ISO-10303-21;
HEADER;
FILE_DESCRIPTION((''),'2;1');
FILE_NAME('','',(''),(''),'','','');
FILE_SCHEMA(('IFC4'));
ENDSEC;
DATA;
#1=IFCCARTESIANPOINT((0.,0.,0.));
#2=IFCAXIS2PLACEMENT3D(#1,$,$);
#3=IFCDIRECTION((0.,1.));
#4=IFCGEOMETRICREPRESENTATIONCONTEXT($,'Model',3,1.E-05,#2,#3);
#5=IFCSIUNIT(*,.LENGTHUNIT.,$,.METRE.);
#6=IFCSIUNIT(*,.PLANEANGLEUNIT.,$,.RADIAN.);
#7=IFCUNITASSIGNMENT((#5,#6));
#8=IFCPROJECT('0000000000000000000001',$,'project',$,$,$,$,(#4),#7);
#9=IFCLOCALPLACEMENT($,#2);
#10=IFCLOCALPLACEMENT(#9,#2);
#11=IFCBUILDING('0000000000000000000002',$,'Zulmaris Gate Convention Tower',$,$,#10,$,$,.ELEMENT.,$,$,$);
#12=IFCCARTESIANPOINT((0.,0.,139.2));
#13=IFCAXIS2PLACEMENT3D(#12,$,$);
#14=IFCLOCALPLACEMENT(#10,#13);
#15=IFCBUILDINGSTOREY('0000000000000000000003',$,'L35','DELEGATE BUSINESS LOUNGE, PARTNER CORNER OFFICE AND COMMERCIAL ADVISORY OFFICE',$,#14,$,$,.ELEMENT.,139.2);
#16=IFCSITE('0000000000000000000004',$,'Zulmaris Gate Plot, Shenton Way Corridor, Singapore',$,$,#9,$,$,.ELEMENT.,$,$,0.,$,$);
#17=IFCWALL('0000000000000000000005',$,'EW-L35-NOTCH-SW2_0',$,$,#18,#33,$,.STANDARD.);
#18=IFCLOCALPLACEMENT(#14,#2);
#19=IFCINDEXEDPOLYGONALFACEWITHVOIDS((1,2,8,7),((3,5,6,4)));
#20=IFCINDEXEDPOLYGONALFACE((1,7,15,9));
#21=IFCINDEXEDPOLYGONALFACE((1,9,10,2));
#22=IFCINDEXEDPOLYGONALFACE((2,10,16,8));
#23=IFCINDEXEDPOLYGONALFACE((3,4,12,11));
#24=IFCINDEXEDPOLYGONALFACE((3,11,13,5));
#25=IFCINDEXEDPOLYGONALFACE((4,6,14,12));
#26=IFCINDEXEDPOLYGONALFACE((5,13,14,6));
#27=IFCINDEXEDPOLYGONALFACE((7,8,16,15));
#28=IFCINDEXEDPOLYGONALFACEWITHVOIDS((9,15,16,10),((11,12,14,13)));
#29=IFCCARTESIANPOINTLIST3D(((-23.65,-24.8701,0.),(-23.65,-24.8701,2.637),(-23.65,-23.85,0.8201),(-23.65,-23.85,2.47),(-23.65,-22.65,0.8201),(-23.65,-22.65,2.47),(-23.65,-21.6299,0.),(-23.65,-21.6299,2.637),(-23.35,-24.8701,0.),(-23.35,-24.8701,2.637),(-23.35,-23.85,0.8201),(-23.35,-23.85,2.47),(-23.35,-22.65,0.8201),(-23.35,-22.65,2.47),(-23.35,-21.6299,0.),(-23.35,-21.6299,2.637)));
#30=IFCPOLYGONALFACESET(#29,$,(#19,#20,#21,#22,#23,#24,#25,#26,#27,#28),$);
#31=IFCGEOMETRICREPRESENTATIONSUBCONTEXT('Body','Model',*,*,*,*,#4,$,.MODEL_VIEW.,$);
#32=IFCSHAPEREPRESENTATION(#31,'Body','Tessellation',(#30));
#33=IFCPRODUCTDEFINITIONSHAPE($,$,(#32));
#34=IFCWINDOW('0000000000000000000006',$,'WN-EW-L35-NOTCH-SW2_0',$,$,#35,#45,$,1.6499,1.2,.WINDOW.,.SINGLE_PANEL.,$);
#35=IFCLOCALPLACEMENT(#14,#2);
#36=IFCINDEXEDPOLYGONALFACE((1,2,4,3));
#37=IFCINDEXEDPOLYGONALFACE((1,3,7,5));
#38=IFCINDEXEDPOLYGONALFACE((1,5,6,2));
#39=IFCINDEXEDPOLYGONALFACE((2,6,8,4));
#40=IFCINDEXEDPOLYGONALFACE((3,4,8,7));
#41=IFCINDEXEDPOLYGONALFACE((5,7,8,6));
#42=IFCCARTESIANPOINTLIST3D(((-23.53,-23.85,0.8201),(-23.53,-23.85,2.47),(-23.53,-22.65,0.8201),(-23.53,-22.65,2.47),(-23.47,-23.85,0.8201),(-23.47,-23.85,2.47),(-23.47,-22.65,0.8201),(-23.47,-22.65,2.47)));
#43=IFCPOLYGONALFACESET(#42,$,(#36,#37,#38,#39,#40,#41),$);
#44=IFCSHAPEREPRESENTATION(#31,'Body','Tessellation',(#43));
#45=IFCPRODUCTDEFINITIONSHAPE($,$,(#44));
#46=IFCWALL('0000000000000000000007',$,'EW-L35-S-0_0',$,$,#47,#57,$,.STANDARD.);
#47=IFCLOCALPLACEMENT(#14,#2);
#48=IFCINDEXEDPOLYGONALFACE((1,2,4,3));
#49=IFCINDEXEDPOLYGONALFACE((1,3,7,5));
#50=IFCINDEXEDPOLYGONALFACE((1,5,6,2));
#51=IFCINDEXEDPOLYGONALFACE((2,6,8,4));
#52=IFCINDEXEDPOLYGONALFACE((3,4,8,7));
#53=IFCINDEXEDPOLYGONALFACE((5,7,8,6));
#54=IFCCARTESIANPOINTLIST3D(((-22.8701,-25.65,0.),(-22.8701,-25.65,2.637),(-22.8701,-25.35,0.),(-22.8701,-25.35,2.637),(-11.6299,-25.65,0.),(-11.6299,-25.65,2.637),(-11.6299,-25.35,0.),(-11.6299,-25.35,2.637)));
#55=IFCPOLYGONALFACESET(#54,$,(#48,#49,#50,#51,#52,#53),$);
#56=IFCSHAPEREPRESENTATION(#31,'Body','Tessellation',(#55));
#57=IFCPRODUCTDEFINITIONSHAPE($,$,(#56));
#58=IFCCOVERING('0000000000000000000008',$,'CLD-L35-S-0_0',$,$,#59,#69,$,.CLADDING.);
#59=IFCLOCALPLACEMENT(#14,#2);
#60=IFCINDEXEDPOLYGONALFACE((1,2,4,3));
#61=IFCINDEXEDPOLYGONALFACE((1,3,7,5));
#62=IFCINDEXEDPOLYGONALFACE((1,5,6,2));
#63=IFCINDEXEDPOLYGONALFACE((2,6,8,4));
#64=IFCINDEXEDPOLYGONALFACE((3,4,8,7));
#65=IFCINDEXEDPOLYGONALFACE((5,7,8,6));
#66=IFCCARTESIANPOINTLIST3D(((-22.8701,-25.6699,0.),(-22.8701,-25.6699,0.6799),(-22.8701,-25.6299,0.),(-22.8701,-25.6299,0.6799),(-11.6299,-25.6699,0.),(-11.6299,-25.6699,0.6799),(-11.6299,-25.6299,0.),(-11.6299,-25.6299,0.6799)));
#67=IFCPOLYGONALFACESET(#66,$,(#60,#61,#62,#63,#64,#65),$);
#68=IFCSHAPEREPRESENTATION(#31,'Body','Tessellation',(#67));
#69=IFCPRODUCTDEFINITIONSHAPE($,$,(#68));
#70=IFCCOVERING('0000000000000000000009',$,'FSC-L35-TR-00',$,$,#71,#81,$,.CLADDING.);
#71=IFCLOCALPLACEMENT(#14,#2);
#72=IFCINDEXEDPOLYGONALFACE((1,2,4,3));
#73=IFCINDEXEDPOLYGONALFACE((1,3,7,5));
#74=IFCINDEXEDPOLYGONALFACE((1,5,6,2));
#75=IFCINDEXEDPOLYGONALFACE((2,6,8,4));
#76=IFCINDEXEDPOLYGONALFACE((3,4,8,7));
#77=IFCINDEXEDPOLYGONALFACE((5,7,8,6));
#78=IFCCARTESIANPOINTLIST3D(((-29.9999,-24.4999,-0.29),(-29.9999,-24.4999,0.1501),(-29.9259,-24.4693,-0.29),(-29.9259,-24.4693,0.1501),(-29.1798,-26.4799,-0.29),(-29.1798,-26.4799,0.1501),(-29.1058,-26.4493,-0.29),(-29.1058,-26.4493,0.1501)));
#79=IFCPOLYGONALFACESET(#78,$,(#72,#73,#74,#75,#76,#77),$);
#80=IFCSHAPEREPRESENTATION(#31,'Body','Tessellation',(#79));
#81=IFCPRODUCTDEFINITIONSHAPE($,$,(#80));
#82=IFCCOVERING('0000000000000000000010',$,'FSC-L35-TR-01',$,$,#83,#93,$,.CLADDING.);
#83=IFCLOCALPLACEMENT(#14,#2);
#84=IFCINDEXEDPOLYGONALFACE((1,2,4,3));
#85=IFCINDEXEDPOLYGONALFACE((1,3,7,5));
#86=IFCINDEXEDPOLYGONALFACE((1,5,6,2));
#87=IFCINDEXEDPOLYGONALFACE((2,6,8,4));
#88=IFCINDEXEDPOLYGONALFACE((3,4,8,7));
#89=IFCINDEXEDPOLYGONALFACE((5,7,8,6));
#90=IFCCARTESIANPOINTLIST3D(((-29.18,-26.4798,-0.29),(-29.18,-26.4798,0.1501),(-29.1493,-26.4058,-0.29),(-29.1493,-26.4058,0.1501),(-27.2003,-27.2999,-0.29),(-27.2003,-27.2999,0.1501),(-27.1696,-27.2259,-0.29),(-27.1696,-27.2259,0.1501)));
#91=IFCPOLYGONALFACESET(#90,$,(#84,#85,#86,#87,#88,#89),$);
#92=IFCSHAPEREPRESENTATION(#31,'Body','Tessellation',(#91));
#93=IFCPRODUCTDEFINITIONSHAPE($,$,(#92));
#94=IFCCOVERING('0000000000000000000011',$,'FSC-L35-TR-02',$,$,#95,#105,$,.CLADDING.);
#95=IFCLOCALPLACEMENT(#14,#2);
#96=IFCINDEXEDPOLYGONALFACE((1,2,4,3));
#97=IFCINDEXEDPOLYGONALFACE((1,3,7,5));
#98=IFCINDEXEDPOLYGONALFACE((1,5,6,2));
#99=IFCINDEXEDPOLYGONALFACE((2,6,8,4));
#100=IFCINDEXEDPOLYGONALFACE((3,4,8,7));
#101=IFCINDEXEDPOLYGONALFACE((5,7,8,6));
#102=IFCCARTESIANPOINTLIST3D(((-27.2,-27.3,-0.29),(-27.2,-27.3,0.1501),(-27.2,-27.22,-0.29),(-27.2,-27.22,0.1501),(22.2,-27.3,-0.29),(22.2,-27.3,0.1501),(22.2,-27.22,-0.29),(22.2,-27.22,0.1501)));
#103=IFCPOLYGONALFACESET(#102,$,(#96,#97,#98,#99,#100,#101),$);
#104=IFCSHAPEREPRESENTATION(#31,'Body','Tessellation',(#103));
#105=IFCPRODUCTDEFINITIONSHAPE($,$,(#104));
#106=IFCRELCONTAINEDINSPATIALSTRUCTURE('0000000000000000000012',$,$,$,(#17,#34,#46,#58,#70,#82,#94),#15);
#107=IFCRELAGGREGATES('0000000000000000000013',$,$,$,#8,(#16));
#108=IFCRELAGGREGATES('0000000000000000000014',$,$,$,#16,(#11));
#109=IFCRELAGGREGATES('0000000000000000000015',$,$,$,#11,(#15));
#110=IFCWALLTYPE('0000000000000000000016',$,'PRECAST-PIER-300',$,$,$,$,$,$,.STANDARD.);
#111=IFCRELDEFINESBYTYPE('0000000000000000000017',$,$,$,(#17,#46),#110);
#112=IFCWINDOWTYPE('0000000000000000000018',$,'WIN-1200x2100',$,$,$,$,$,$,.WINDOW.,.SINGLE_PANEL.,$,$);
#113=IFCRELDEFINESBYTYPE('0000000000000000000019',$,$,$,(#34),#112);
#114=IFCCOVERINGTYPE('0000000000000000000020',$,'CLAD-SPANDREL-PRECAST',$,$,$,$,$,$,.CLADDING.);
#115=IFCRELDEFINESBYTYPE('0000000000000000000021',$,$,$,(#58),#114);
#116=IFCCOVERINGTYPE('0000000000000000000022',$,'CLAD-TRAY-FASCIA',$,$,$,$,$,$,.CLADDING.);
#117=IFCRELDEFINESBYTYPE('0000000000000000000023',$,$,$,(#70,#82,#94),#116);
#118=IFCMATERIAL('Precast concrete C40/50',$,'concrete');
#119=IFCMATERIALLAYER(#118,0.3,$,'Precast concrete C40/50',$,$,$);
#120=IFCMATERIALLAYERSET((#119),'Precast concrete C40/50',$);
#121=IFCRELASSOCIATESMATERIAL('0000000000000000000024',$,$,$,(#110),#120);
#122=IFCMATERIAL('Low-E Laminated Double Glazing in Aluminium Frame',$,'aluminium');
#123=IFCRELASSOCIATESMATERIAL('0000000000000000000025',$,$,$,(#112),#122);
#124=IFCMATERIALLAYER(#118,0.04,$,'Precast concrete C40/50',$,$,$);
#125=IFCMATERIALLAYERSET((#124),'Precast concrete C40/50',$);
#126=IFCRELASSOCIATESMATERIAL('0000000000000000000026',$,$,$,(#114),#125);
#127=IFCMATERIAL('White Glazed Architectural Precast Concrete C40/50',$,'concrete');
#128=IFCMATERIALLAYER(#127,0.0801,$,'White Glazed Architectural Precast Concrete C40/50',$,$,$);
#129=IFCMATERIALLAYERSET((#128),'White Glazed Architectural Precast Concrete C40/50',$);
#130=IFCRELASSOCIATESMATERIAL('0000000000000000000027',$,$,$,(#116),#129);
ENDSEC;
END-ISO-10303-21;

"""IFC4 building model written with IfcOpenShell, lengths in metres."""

from ifc_helpers import new_model, si_unit, direction, frame, frame_2d, origin, place, context, subcontext, project, spatial, rectangle, extrude, material, layer, layer_set, type_object, element, fill, save


model = new_model("IFC4")

# Units and contexts
model_context = context("Model", 3, precision=1e-05, world=origin(), true_north=direction((0.0, 1.0)))
body_context = subcontext(model_context, "Body", "Model", "MODEL_VIEW")
ifc_project = project(units=[si_unit("LENGTHUNIT", "METRE"), si_unit("PLANEANGLEUNIT", "RADIAN")], contexts=[model_context])

# Site, building, storey
site_placement = place(None, origin())
site = spatial("IfcSite", under=ifc_project, at=site_placement, Name="Zulmaris Gate Plot, Shenton Way Corridor, Singapore", CompositionType="ELEMENT", RefElevation=0.0)
building_placement = place(site_placement, origin())
building = spatial("IfcBuilding", under=site, at=building_placement, Name="Zulmaris Gate Convention Tower", CompositionType="ELEMENT")
storey_placement = place(building_placement, frame((0.0, 0.0, 139.2)))
storey = spatial("IfcBuildingStorey", under=building, at=storey_placement, Name="L35", Description="DELEGATE BUSINESS LOUNGE, PARTNER CORNER OFFICE AND COMMERCIAL ADVISORY OFFICE", CompositionType="ELEMENT", Elevation=139.2)

# Wall, opening, window
ifc_material_1 = material(Name="Precast concrete C40/50", Category="concrete")
ifc_layer_1 = layer(ifc_material_1, 0.3, Name="Precast concrete C40/50")
ifc_layer_set_1 = layer_set([ifc_layer_1], Name="Precast concrete C40/50")
wall_type_1 = type_object("IfcWallType", Name="PRECAST-PIER-300", PredefinedType="STANDARD", material=ifc_layer_set_1)
ifc_material_2 = material(Name="Low-E Laminated Double Glazing in Aluminium Frame", Category="aluminium")
window_type = type_object("IfcWindowType", Name="WIN-1200x2100", PartitioningType="SINGLE_PANEL", PredefinedType="WINDOW", material=ifc_material_2)
wall_1_placement = place(storey_placement, frame((-23.5, -21.6299, 0.0), z_axis=(0.0, 0.0, 1.0), x_axis=(0.0, -1.0, 0.0)))
wall_1 = element("IfcWall", 1, at=wall_1_placement, inside=storey, type_object=wall_type_1, Name="EW-L35-NOTCH-SW2_0", PredefinedType="STANDARD", context=body_context, shape_type="SweptSolid", body=[
    extrude(rectangle(XDim=3.2402, YDim=0.3, at=frame_2d((1.6201, 0.0))), origin(), (0.0, 0.0, 1.0), 2.637),
])
opening_1_placement = place(wall_1_placement, frame((1.02, 0.0, 0.8201)))
opening_1 = element("IfcOpeningElement", 2, at=opening_1_placement, cuts=wall_1, PredefinedType="OPENING", context=body_context, shape_type="SweptSolid", body=[
    extrude(rectangle(XDim=1.2, YDim=1.6499, at=frame_2d((0.6001, 0.825))), frame((0.0, 0.1602, 0.0), z_axis=(0.0, -1.0, 0.0), x_axis=(1.0, 0.0, 0.0)), (0.0, 0.0, 1.0), 0.3201),
])
window_1_placement = place(opening_1_placement, origin())
window_1 = element("IfcWindow", 3, at=window_1_placement, inside=storey, type_object=window_type, Name="WN-EW-L35-NOTCH-SW2_0", OverallHeight=1.6499, OverallWidth=1.2, PartitioningType="SINGLE_PANEL", PredefinedType="WINDOW", context=body_context, shape_type="SweptSolid", body=[
    extrude(rectangle(XDim=1.2, YDim=1.6499, at=frame_2d((0.6001, 0.825))), frame((0.0, 0.03, 0.0), z_axis=(0.0, -1.0, 0.0), x_axis=(1.0, 0.0, 0.0)), (0.0, 0.0, 1.0), 0.0601),
])
fill(opening_1, window_1)

# Wall
wall_2_placement = place(storey_placement, frame((-22.8701, -25.5, 0.0), z_axis=(0.0, 0.0, 1.0), x_axis=(1.0, 0.0, 0.0)))
element("IfcWall", 4, at=wall_2_placement, inside=storey, type_object=wall_type_1, Name="EW-L35-S-0_0", PredefinedType="STANDARD", context=body_context, shape_type="SweptSolid", body=[
    extrude(rectangle(XDim=11.2402, YDim=0.3, at=frame_2d((5.6201, 0.0))), origin(), (0.0, 0.0, 1.0), 2.637),
])

# Coverings
ifc_layer_2 = layer(ifc_material_1, 0.04, Name="Precast concrete C40/50")
ifc_layer_set_2 = layer_set([ifc_layer_2], Name="Precast concrete C40/50")
covering_type_1 = type_object("IfcCoveringType", Name="CLAD-SPANDREL-PRECAST", PredefinedType="CLADDING", material=ifc_layer_set_2)
covering_1_placement = place(storey_placement, frame((-22.8701, -25.6499, 0.0), z_axis=(0.0, 0.0, 1.0), x_axis=(1.0, 0.0, 0.0)))
element("IfcCovering", 5, at=covering_1_placement, inside=storey, type_object=covering_type_1, Name="CLD-L35-S-0_0", PredefinedType="CLADDING", context=body_context, shape_type="SweptSolid", body=[
    extrude(rectangle(XDim=11.2402, YDim=0.04, at=frame_2d((5.6201, 0.0))), origin(), (0.0, 0.0, 1.0), 0.6799),
])
ifc_material_3 = material(Name="White Glazed Architectural Precast Concrete C40/50", Category="concrete")
ifc_layer_3 = layer(ifc_material_3, 0.0801, Name="White Glazed Architectural Precast Concrete C40/50")
ifc_layer_set_3 = layer_set([ifc_layer_3], Name="White Glazed Architectural Precast Concrete C40/50")
covering_type_2 = type_object("IfcCoveringType", Name="CLAD-TRAY-FASCIA", PredefinedType="CLADDING", material=ifc_layer_set_3)
covering_2_placement = place(storey_placement, frame((-29.9629, -24.4846, -0.29), z_axis=(0.0, 0.0, 1.0), x_axis=(0.382657, -0.92389, 0.0)))
element("IfcCovering", 6, at=covering_2_placement, inside=storey, type_object=covering_type_2, Name="FSC-L35-TR-00", PredefinedType="CLADDING", context=body_context, shape_type="SweptSolid", body=[
    extrude(rectangle(XDim=2.1431, YDim=0.0801, at=frame_2d((1.0715, 0.0))), origin(), (0.0, 0.0, 1.0), 0.4402),
])
covering_3_placement = place(storey_placement, frame((-29.1646, -26.4429, -0.29), z_axis=(0.0, 0.0, 1.0), x_axis=(0.923874, -0.382697, 0.0)))
element("IfcCovering", 7, at=covering_3_placement, inside=storey, type_object=covering_type_2, Name="FSC-L35-TR-01", PredefinedType="CLADDING", context=body_context, shape_type="SweptSolid", body=[
    extrude(rectangle(XDim=2.1428, YDim=0.0801, at=frame_2d((1.0713, 0.0))), origin(), (0.0, 0.0, 1.0), 0.4402),
])
covering_4_placement = place(storey_placement, frame((-27.2, -27.26, -0.29), z_axis=(0.0, 0.0, 1.0), x_axis=(1.0, 0.0, 0.0)))
element("IfcCovering", 8, at=covering_4_placement, inside=storey, type_object=covering_type_2, Name="FSC-L35-TR-02", PredefinedType="CLADDING", context=body_context, shape_type="SweptSolid", body=[
    extrude(rectangle(XDim=49.3999, YDim=0.0801, at=frame_2d((24.7, 0.0))), origin(), (0.0, 0.0, 1.0), 0.4402),
])

save(model, "model.ifc")
